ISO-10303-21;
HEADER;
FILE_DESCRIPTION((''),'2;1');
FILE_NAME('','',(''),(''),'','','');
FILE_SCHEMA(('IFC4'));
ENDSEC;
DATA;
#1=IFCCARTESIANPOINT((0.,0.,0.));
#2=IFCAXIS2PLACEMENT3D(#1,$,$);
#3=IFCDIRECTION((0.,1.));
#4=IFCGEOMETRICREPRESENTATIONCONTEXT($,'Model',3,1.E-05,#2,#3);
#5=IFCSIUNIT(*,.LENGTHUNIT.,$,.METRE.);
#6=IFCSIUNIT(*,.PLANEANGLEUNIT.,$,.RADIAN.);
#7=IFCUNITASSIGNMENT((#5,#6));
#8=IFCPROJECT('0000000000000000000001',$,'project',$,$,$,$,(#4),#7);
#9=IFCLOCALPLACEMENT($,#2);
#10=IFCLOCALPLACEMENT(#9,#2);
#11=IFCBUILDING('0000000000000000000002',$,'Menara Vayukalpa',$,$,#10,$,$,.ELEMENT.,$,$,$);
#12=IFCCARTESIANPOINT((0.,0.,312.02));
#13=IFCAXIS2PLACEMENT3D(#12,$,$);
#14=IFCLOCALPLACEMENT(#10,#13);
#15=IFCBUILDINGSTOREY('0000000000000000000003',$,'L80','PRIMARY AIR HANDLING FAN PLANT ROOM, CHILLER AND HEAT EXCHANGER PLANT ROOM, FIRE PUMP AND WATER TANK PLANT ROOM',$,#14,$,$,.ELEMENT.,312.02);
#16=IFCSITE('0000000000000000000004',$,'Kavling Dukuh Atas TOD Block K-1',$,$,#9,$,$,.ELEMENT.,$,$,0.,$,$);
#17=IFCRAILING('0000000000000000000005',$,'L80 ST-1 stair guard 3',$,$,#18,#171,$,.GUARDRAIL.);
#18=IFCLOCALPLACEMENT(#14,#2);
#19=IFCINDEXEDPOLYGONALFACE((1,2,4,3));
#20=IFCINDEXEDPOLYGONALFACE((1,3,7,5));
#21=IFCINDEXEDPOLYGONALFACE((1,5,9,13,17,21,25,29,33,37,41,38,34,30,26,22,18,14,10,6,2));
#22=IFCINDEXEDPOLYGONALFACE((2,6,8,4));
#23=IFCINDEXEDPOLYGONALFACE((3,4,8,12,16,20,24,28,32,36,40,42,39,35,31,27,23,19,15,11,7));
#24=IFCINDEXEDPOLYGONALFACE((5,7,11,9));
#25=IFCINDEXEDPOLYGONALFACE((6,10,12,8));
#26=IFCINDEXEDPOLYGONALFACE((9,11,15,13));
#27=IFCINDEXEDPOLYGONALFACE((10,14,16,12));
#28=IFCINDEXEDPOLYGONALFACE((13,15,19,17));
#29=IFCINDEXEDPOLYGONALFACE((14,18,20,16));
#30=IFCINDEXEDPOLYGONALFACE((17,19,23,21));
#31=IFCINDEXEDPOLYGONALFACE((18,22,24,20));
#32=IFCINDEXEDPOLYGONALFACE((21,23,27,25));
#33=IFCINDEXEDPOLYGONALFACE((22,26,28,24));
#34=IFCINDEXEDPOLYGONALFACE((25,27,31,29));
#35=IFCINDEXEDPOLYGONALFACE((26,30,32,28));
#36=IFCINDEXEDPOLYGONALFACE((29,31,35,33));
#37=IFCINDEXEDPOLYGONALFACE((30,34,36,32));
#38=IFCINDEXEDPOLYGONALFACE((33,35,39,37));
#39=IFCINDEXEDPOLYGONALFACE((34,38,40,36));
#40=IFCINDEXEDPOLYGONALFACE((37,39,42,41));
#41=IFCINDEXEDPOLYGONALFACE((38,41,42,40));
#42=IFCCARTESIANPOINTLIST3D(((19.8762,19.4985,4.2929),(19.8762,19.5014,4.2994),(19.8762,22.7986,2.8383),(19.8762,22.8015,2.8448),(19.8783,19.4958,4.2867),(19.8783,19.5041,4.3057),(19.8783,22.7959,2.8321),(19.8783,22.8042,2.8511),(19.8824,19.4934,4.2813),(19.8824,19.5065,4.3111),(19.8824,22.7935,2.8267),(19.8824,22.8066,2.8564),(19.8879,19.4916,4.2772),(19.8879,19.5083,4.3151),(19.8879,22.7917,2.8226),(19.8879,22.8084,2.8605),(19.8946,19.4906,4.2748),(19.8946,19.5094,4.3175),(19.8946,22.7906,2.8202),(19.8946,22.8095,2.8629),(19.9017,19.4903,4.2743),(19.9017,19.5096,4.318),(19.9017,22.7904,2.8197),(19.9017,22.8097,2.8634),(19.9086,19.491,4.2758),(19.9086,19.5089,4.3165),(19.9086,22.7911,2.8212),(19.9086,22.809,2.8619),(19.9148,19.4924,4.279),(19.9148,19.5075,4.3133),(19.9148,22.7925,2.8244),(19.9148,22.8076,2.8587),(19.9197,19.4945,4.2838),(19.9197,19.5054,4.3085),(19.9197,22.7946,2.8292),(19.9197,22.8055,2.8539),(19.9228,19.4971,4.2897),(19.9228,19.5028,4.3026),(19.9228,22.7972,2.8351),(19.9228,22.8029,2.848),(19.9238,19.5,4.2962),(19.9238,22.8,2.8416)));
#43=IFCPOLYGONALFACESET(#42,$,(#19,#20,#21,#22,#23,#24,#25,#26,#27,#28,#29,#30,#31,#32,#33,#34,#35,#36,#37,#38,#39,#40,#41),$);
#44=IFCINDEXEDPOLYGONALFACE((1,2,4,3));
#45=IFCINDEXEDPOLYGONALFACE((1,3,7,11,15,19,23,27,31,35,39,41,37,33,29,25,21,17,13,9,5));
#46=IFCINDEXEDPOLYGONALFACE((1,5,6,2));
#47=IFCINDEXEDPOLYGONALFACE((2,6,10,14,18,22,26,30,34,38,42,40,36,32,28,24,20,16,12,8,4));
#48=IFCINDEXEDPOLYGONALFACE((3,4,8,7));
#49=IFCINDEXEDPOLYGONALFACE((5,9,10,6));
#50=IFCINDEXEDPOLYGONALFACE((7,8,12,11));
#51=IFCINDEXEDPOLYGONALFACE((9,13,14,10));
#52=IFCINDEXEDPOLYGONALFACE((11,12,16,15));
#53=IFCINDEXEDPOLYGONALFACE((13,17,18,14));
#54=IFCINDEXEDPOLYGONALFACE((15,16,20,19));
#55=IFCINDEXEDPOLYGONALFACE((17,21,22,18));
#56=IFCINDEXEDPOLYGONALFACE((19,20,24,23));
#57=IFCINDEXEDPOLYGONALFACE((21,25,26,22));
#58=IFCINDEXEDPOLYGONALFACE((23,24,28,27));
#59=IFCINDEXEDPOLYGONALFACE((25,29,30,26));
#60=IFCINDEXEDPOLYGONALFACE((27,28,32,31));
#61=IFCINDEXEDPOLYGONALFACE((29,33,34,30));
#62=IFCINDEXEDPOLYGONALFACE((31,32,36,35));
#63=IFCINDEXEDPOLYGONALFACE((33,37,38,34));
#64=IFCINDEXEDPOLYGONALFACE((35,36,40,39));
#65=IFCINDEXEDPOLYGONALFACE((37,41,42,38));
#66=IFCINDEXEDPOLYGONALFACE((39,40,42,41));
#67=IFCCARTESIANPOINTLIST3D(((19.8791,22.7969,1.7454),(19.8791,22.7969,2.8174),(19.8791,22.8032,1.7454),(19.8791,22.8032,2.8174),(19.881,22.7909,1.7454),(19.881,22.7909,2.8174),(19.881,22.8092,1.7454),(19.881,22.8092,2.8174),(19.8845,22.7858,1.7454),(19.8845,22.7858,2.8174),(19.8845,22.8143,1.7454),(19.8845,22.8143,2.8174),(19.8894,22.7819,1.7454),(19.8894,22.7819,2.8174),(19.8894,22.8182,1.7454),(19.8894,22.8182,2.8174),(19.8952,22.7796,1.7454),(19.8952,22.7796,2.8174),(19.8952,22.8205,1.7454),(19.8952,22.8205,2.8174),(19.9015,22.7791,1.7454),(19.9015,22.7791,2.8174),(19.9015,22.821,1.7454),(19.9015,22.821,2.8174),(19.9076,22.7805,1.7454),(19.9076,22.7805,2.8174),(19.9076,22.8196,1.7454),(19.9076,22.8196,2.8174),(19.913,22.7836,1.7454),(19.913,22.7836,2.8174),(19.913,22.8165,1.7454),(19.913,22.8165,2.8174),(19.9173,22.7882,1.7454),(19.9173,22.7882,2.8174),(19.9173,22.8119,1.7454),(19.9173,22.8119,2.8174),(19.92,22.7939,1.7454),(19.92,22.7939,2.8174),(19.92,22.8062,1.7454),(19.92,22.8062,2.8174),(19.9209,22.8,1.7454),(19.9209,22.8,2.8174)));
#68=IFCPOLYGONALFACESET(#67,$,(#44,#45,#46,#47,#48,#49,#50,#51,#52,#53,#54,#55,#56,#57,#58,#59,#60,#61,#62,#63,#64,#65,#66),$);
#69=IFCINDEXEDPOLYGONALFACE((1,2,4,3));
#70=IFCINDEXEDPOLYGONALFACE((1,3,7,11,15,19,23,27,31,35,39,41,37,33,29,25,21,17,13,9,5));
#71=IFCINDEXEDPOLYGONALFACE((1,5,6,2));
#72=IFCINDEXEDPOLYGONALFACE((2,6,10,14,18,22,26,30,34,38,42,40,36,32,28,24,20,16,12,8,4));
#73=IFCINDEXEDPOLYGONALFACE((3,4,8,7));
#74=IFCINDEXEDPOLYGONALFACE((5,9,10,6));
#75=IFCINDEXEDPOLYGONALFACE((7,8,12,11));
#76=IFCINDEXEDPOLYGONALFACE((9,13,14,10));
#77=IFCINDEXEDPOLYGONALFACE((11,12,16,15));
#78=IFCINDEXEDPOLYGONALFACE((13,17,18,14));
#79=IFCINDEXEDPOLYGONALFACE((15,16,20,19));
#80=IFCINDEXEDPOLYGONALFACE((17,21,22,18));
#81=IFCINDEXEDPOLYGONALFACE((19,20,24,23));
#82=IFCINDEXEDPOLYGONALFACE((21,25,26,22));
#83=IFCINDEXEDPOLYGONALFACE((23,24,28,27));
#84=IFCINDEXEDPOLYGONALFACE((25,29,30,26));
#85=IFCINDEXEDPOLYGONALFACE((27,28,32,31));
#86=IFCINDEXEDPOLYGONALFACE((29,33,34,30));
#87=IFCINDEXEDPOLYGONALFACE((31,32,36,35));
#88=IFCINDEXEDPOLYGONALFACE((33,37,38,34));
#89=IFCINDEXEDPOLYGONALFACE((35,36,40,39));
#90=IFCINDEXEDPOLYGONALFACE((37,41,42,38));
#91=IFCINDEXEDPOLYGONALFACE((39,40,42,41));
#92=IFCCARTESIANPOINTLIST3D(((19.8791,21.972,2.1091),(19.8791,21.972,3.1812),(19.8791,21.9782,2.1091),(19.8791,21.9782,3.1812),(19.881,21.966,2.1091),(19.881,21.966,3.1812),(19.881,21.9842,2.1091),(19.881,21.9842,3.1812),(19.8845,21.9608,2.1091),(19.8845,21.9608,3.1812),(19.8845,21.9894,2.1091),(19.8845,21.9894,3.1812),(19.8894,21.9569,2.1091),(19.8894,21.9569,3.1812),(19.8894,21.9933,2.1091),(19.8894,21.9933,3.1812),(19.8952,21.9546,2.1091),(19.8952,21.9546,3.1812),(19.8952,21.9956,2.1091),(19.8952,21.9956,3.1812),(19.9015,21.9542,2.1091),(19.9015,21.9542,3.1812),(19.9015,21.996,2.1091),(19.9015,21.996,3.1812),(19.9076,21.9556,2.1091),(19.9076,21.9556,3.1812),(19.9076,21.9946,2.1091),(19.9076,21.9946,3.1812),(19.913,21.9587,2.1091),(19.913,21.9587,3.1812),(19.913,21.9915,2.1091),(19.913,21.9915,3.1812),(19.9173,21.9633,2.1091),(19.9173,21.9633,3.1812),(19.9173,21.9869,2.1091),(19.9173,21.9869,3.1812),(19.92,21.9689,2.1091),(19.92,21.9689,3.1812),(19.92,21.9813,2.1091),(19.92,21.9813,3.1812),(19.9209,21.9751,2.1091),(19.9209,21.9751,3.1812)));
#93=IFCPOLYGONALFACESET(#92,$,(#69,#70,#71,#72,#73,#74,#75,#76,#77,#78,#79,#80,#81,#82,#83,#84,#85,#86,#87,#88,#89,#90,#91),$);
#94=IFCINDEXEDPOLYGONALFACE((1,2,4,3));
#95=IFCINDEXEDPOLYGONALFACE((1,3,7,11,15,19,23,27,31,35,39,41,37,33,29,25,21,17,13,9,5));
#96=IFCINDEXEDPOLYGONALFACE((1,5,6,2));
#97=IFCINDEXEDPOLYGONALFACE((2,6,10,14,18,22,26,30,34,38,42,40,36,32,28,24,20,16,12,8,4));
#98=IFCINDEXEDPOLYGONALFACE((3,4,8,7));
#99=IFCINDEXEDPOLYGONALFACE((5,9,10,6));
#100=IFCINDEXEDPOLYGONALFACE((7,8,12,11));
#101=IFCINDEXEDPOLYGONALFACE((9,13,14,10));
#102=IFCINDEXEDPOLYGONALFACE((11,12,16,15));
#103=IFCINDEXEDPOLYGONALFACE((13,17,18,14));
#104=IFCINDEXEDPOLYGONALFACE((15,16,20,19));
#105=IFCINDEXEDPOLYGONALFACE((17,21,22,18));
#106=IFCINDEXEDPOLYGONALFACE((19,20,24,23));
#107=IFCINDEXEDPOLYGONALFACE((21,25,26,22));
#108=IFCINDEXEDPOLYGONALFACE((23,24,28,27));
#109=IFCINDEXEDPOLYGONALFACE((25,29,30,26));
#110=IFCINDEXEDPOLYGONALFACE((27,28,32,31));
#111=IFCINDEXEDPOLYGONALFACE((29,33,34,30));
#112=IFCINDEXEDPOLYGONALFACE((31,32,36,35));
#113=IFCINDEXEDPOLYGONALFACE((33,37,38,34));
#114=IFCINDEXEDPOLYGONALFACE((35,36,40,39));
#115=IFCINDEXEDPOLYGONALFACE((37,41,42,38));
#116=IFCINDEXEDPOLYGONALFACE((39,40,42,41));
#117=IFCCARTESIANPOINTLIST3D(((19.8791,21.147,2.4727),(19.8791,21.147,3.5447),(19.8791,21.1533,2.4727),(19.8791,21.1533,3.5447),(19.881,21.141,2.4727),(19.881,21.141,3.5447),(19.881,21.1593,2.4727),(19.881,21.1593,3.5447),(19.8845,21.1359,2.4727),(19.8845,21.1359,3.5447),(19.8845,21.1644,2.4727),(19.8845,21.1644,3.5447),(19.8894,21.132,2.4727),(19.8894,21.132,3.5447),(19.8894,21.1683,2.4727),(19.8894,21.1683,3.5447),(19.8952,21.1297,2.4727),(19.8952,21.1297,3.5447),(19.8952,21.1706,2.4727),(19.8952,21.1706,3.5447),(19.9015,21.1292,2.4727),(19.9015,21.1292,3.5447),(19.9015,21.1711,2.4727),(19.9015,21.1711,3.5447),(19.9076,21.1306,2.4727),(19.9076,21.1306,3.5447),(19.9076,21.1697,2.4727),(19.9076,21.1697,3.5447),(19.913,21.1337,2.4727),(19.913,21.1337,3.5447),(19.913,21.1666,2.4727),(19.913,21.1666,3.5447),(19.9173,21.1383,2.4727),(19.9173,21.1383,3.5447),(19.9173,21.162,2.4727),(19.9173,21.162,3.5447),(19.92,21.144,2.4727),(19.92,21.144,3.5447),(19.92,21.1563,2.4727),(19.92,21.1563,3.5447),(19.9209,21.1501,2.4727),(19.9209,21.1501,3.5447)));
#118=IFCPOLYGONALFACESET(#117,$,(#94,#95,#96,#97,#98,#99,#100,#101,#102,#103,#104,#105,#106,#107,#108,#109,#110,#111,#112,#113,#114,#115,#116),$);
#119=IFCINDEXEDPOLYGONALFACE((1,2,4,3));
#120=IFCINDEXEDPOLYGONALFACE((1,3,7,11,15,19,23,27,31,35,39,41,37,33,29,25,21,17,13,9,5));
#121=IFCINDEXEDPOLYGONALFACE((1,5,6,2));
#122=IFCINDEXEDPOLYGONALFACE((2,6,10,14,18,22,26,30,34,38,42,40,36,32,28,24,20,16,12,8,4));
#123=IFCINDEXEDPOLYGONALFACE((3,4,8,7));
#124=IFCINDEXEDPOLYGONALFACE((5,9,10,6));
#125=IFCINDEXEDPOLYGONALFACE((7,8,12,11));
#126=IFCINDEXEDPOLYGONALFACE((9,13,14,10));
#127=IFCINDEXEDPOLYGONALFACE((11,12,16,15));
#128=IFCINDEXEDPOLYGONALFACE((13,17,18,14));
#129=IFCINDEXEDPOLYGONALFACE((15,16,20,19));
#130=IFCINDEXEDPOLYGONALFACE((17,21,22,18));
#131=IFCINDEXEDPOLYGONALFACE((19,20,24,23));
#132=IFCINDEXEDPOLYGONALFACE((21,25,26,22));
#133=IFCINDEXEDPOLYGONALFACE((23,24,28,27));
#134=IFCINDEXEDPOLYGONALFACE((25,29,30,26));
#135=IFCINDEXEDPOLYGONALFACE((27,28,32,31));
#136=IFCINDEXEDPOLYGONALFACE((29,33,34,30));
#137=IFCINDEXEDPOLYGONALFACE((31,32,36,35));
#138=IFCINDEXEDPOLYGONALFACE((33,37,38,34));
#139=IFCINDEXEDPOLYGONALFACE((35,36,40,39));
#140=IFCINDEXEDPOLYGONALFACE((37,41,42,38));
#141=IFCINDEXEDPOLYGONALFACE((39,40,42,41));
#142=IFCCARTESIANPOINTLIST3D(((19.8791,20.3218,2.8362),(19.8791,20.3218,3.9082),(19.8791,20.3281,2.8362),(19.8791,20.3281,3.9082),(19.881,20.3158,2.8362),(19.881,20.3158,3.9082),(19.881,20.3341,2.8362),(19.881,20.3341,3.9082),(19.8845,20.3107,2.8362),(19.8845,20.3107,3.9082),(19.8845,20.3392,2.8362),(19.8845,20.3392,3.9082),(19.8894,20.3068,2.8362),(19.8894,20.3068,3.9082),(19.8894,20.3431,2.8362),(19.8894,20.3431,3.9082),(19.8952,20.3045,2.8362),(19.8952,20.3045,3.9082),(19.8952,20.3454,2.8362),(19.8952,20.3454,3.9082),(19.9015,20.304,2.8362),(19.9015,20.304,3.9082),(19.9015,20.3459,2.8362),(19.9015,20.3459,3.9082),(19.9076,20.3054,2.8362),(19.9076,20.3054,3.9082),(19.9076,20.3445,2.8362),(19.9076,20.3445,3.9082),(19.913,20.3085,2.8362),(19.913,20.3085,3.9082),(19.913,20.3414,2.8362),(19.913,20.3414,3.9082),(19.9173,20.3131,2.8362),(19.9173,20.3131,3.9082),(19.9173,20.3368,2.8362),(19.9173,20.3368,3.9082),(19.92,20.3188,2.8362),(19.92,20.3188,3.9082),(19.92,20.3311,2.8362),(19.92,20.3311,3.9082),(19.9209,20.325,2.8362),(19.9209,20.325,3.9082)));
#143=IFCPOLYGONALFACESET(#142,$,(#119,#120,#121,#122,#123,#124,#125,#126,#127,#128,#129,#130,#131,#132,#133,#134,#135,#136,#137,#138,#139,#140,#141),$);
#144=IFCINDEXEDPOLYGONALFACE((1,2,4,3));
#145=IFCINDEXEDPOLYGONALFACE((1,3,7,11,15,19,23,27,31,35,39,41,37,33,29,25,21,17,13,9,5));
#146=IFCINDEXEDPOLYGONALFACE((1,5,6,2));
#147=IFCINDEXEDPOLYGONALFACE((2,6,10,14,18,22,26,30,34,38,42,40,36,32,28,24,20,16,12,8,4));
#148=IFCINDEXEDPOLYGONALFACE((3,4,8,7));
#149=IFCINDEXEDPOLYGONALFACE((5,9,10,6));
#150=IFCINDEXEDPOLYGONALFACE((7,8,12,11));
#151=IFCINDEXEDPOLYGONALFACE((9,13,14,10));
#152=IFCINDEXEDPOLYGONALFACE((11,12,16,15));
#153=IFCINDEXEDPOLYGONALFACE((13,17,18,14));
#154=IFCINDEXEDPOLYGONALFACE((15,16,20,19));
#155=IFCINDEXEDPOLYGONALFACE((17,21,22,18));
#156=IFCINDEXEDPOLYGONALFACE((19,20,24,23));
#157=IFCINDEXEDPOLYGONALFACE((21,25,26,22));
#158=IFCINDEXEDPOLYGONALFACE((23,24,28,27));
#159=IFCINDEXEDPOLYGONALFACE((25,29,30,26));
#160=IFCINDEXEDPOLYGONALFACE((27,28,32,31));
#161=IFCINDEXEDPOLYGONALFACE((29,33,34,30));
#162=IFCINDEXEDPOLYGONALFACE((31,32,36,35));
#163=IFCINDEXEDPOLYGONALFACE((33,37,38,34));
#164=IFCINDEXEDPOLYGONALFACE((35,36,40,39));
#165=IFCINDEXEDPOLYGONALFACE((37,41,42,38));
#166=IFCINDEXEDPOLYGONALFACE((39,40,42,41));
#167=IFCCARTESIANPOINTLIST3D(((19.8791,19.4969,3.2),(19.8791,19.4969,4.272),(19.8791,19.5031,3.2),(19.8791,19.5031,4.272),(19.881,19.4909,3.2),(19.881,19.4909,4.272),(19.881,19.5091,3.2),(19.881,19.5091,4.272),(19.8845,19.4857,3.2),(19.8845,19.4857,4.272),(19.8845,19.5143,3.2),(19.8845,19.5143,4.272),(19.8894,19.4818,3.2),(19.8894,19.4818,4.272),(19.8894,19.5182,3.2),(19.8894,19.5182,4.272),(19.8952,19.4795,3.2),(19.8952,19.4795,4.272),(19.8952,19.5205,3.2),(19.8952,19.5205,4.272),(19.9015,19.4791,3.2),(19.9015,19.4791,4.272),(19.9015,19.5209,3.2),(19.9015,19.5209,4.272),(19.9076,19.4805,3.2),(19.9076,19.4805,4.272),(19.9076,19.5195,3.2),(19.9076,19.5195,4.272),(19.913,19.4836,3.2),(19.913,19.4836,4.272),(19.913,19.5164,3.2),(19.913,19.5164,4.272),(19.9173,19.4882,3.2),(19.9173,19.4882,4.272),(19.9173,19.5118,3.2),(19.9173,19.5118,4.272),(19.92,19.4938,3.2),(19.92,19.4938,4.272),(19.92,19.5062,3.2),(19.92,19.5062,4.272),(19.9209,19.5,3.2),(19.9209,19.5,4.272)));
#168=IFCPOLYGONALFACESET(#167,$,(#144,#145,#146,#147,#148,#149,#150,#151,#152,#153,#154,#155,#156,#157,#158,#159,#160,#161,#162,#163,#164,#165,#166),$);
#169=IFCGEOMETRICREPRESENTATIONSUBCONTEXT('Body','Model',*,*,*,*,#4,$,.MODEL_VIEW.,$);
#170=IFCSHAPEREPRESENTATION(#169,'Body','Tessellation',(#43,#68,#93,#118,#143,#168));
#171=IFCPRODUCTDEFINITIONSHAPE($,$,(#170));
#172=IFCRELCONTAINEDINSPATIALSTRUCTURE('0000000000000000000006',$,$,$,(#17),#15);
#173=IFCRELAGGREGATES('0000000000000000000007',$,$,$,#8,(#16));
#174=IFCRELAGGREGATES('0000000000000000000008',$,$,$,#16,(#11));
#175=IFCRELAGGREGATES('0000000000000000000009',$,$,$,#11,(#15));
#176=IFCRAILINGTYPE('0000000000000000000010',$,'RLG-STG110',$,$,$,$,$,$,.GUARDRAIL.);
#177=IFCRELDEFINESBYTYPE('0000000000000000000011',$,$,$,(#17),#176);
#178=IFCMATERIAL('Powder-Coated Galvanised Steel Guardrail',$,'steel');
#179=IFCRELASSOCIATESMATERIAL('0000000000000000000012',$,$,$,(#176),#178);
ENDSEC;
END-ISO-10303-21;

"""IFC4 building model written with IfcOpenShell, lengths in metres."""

from ifc_helpers import new_model, si_unit, direction, frame, origin, origin_2d, place, context, subcontext, project, spatial, circle, extrude, material, type_object, element, save


model = new_model("IFC4")

# Units and contexts
model_context = context("Model", 3, precision=1e-05, world=origin(), true_north=direction((0.0, 1.0)))
body_context = subcontext(model_context, "Body", "Model", "MODEL_VIEW")
ifc_project = project(units=[si_unit("LENGTHUNIT", "METRE"), si_unit("PLANEANGLEUNIT", "RADIAN")], contexts=[model_context])

# Site, building, storey
site_placement = place(None, origin())
site = spatial("IfcSite", under=ifc_project, at=site_placement, Name="Kavling Dukuh Atas TOD Block K-1", CompositionType="ELEMENT", RefElevation=0.0)
building_placement = place(site_placement, origin())
building = spatial("IfcBuilding", under=site, at=building_placement, Name="Menara Vayukalpa", CompositionType="ELEMENT")
storey_placement = place(building_placement, frame((0.0, 0.0, 312.02)))
storey = spatial("IfcBuildingStorey", under=building, at=storey_placement, Name="L80", Description="PRIMARY AIR HANDLING FAN PLANT ROOM, CHILLER AND HEAT EXCHANGER PLANT ROOM, FIRE PUMP AND WATER TANK PLANT ROOM", CompositionType="ELEMENT", Elevation=312.02)

# Railing
ifc_material_1 = material(Name="Powder-Coated Galvanised Steel Guardrail", Category="steel")
railing_type_1 = type_object("IfcRailingType", Name="RLG-STG110", PredefinedType="GUARDRAIL", material=ifc_material_1)
railing_1_placement = place(storey_placement, frame((19.8999, 22.8, 1.7454)))
element("IfcRailing", 1, at=railing_1_placement, inside=storey, type_object=railing_type_1, Name="L80 ST-1 stair guard 3", PredefinedType="GUARDRAIL", context=body_context, shape_type="SweptSolid", body=[
    extrude(circle(Radius=0.0239, at=origin_2d()), frame((0.0, 0.0, 1.0962), z_axis=(0.0, -0.915052, 0.403335), x_axis=(1.0, 0.0, 0.0)), (0.0, 0.0, 1.0), 3.6064),
    extrude(circle(Radius=0.021, at=origin_2d()), origin(), (0.0, 0.0, 1.0), 1.072),
    extrude(circle(Radius=0.021, at=origin_2d()), frame((0.0, -0.825, 0.3638)), (0.0, 0.0, 1.0), 1.072),
    extrude(circle(Radius=0.021, at=origin_2d()), frame((0.0, -1.6499, 0.7273)), (0.0, 0.0, 1.0), 1.072),
    extrude(circle(Radius=0.021, at=origin_2d()), frame((0.0, -2.4751, 1.0908)), (0.0, 0.0, 1.0), 1.072),
    extrude(circle(Radius=0.021, at=origin_2d()), frame((0.0, -3.3, 1.4546)), (0.0, 0.0, 1.0), 1.072),
])

save(model, "model.ifc")
